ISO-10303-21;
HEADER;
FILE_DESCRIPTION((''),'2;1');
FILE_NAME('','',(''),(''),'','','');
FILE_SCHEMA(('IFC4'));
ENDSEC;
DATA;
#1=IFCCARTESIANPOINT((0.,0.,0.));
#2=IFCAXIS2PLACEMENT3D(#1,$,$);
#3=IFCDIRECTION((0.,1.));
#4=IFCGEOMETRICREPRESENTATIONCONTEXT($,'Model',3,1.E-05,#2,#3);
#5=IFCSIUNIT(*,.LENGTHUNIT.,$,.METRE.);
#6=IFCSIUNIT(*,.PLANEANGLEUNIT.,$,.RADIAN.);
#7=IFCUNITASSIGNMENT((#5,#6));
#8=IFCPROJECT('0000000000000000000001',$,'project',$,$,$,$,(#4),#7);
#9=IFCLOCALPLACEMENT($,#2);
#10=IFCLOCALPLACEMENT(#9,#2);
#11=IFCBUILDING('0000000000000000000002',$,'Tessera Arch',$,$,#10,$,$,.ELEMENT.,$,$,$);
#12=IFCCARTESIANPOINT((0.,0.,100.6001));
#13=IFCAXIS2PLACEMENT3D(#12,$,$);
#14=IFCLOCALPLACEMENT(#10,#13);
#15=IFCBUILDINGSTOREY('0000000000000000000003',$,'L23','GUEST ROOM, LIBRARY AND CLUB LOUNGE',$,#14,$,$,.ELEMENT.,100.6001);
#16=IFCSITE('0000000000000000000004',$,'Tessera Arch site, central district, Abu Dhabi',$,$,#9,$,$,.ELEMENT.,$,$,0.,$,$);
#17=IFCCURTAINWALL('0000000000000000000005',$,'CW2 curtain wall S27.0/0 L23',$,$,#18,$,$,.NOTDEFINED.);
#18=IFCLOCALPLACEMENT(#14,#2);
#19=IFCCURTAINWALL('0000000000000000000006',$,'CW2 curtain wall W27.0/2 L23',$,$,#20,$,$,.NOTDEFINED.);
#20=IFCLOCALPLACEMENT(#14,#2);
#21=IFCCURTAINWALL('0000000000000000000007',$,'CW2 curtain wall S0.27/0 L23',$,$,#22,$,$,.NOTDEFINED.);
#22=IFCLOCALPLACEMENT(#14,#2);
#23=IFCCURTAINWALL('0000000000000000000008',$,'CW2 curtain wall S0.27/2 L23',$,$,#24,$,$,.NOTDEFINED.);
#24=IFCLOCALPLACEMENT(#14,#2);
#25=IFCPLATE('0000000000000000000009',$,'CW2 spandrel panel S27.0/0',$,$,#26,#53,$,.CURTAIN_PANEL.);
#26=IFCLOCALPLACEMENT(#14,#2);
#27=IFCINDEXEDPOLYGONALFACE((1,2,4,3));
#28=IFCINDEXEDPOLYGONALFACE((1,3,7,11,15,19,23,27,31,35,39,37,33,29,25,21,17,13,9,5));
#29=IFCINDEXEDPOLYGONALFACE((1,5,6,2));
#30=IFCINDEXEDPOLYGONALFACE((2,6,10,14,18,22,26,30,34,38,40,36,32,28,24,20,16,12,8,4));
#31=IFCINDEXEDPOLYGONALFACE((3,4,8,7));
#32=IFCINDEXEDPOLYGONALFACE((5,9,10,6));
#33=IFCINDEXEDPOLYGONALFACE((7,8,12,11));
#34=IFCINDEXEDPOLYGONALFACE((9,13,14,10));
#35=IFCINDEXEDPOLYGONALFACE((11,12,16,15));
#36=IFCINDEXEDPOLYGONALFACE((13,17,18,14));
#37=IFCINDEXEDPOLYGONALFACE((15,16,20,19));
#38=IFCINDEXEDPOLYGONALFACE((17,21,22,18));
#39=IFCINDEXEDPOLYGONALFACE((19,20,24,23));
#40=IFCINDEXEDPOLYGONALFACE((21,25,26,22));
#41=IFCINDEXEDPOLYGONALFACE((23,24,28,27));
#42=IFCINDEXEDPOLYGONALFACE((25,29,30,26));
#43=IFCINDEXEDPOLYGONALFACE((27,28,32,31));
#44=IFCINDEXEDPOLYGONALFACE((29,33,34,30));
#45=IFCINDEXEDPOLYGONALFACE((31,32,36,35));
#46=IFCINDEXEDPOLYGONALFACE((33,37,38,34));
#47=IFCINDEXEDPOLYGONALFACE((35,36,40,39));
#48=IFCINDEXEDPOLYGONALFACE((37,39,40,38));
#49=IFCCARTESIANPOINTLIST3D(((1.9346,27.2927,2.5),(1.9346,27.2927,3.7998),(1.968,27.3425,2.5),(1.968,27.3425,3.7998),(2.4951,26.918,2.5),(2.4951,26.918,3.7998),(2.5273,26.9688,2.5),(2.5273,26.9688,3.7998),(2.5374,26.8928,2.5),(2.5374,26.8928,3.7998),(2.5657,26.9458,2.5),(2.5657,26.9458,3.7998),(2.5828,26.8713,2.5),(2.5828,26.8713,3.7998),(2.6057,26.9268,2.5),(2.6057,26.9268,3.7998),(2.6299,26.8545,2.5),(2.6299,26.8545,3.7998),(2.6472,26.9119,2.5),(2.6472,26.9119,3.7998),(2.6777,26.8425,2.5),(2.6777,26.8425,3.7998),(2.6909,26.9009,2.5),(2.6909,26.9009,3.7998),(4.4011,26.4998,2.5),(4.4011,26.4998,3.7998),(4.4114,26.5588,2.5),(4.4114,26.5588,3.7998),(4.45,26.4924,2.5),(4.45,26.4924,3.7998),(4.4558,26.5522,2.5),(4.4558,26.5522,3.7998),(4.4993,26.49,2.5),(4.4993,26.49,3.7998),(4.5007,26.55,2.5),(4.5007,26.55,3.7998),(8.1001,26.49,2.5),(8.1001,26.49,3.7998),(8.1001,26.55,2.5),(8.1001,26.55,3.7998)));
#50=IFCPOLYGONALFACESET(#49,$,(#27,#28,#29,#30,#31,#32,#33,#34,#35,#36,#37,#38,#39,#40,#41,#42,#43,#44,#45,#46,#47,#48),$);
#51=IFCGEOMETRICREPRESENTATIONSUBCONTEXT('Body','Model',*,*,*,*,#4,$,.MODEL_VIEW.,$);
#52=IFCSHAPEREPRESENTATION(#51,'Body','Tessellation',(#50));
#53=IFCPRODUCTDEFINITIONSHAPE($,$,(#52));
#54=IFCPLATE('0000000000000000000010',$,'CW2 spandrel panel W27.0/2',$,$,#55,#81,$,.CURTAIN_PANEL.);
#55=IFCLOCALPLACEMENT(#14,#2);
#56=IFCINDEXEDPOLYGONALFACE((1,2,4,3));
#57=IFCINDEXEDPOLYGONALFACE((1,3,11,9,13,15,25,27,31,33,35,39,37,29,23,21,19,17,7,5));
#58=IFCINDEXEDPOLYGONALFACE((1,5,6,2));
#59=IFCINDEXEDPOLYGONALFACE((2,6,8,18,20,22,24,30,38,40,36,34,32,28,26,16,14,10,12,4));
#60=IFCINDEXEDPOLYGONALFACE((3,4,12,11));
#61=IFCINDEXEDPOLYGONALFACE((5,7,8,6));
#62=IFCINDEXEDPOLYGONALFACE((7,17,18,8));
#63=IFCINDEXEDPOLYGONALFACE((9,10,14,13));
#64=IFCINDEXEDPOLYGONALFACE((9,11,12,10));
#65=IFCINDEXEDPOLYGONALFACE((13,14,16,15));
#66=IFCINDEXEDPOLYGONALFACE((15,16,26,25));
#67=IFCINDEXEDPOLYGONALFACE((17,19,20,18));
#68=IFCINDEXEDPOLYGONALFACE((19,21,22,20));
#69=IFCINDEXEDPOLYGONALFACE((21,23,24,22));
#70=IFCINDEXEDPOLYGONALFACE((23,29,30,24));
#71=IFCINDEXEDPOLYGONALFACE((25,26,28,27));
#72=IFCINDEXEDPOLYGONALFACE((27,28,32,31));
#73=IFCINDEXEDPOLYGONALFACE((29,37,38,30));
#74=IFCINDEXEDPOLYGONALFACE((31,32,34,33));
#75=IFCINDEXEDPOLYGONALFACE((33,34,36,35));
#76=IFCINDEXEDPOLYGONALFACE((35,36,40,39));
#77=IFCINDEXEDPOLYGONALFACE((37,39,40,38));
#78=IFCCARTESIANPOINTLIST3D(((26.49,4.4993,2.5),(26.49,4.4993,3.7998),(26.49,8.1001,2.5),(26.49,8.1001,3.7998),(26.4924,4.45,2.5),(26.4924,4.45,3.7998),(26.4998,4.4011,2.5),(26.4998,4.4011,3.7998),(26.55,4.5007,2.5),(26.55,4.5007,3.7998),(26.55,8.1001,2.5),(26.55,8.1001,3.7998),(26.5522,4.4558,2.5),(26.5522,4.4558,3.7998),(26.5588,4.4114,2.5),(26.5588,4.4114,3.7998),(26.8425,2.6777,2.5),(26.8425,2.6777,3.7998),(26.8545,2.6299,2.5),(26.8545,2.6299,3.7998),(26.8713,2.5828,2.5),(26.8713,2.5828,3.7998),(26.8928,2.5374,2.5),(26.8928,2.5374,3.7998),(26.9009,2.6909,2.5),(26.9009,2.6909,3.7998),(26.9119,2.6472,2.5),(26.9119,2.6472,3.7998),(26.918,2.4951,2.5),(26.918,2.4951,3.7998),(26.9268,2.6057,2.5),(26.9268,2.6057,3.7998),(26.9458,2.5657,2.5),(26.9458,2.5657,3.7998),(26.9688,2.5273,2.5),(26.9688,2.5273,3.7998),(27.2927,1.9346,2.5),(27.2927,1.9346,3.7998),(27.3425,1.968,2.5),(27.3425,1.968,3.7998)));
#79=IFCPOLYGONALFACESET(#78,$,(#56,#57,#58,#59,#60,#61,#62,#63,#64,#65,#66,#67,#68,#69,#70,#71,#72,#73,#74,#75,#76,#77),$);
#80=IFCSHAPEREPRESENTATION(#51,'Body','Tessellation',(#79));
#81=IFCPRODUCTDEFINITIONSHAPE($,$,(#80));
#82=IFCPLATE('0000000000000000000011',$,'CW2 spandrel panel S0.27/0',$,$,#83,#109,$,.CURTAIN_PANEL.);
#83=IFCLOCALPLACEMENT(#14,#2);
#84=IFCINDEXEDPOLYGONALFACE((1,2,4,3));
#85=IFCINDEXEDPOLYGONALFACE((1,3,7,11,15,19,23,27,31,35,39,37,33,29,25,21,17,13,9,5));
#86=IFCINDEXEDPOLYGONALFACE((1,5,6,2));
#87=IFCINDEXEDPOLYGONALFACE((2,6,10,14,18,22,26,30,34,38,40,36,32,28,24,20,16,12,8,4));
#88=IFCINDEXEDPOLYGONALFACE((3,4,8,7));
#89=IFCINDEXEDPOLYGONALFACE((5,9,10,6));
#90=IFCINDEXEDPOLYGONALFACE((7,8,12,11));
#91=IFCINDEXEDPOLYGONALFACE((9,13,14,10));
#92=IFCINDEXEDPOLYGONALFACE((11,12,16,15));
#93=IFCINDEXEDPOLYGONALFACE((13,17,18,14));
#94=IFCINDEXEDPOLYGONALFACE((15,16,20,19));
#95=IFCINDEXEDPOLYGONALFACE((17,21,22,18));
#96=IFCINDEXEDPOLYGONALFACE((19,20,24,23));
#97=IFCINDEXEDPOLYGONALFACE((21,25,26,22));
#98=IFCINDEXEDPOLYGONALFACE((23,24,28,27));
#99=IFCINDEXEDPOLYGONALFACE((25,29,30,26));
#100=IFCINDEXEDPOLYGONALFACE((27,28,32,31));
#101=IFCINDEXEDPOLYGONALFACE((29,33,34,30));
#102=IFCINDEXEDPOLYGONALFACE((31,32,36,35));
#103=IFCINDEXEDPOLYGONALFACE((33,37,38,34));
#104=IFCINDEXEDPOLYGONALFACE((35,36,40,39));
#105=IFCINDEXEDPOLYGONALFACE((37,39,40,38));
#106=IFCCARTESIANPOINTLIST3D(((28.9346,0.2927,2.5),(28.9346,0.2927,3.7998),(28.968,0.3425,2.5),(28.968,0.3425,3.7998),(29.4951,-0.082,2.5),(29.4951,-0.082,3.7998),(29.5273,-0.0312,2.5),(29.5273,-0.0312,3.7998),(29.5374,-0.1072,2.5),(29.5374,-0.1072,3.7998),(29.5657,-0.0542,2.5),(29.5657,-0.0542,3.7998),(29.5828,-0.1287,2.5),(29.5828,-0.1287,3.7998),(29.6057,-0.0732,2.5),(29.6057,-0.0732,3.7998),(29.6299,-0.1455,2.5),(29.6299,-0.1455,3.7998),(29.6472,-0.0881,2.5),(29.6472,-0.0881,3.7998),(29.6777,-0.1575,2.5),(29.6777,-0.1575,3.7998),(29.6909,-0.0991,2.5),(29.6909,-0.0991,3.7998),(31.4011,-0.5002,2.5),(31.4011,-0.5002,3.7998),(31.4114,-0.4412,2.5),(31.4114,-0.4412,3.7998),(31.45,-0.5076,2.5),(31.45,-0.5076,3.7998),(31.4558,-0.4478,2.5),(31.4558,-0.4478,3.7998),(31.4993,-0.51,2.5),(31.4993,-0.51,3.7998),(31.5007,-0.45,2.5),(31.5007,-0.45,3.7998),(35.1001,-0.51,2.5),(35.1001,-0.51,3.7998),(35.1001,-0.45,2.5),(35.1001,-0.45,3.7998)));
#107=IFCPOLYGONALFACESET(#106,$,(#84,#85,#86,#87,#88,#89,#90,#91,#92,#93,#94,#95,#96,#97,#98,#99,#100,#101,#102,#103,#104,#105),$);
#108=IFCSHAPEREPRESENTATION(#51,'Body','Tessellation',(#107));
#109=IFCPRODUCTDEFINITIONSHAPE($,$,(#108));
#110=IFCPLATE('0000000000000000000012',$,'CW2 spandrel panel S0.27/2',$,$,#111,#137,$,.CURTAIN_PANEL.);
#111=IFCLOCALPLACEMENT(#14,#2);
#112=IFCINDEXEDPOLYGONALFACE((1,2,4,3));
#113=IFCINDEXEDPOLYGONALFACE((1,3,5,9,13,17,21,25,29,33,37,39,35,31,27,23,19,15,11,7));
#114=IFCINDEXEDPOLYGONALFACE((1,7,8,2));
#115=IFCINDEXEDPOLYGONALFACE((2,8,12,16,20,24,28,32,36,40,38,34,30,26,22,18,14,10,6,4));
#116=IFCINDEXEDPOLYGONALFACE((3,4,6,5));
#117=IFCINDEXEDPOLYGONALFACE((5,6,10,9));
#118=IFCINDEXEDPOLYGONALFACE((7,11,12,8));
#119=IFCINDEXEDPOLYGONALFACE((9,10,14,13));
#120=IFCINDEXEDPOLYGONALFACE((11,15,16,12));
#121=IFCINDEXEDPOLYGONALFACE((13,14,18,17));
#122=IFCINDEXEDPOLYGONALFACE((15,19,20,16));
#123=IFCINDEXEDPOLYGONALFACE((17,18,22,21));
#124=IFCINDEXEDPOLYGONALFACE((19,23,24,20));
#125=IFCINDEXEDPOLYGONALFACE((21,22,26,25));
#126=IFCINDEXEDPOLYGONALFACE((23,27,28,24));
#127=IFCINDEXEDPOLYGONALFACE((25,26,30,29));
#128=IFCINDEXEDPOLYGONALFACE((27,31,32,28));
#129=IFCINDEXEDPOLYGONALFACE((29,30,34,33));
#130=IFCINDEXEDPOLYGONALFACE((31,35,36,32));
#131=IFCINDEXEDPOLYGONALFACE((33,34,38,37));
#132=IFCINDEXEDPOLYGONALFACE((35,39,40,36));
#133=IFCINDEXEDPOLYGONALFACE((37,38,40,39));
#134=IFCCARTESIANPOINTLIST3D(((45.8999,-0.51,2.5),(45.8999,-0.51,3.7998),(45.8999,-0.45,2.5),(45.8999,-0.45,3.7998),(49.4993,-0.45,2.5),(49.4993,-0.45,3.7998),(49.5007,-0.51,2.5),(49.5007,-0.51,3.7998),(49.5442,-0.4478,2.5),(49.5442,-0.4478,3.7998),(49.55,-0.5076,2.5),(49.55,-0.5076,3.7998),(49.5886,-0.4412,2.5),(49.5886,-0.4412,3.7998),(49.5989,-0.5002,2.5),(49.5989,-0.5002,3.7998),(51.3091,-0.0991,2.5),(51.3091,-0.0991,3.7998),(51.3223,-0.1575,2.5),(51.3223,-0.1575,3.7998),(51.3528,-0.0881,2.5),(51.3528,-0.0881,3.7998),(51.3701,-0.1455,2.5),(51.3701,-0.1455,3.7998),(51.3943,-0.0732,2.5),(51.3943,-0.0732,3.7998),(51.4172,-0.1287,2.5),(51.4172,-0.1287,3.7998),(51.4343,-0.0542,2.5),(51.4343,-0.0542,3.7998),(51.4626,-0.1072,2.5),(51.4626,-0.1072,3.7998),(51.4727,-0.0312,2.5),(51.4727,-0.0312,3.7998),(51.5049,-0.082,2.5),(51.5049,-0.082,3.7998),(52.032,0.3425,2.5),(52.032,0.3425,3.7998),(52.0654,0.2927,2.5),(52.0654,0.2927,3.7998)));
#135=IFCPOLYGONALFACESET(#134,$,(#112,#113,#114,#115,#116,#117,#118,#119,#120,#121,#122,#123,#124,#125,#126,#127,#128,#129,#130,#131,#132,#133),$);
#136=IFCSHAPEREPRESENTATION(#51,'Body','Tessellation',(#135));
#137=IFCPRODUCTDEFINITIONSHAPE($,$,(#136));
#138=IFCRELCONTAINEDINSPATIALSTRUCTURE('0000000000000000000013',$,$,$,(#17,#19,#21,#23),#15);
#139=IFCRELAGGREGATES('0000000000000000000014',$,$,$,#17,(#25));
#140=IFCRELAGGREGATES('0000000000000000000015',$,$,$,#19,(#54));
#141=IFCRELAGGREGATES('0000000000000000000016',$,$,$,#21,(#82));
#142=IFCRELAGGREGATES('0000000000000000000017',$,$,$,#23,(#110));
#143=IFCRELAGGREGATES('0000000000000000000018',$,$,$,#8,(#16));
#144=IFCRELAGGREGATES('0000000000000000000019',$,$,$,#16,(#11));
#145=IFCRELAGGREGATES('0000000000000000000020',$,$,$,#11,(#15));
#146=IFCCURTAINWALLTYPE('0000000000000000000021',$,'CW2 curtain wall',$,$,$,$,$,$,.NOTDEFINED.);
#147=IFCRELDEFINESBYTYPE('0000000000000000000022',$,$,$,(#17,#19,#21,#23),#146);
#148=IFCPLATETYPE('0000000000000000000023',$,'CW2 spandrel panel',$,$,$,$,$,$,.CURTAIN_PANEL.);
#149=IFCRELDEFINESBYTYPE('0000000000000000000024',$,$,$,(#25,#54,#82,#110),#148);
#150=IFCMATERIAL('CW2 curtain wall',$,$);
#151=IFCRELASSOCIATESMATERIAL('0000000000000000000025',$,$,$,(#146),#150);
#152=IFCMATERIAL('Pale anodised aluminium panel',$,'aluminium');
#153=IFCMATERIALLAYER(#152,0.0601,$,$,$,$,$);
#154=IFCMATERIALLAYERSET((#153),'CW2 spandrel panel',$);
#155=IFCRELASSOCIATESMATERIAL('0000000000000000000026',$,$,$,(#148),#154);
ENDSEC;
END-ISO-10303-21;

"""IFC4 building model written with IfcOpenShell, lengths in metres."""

from ifc_helpers import new_model, si_unit, direction, frame, origin, place, context, subcontext, project, spatial, polyline, outline, extrude, material, layer, layer_set, type_object, element, aggregate, save


model = new_model("IFC4")

# Units and contexts
model_context = context("Model", 3, precision=1e-05, world=origin(), true_north=direction((0.0, 1.0)))
body_context = subcontext(model_context, "Body", "Model", "MODEL_VIEW")
ifc_project = project(units=[si_unit("LENGTHUNIT", "METRE"), si_unit("PLANEANGLEUNIT", "RADIAN")], contexts=[model_context])

# Site, building, storey
site_placement = place(None, origin())
site = spatial("IfcSite", under=ifc_project, at=site_placement, Name="Tessera Arch site, central district, Abu Dhabi", CompositionType="ELEMENT", RefElevation=0.0)
building_placement = place(site_placement, origin())
building = spatial("IfcBuilding", under=site, at=building_placement, Name="Tessera Arch", CompositionType="ELEMENT")
storey_placement = place(building_placement, frame((0.0, 0.0, 100.6001)))
storey = spatial("IfcBuildingStorey", under=building, at=storey_placement, Name="L23", Description="GUEST ROOM, LIBRARY AND CLUB LOUNGE", CompositionType="ELEMENT", Elevation=100.6001)

# Curtain walls
ifc_material_1 = material(Name="CW2 curtain wall")
curtain_wall_type = type_object("IfcCurtainWallType", Name="CW2 curtain wall", PredefinedType="NOTDEFINED", material=ifc_material_1)
curtain_wall_1_placement = place(storey_placement, origin())
curtain_wall_1 = element("IfcCurtainWall", 1, at=curtain_wall_1_placement, inside=storey, type_object=curtain_wall_type, Name="CW2 curtain wall S27.0/0 L23", PredefinedType="NOTDEFINED")
curtain_wall_2_placement = place(storey_placement, origin())
curtain_wall_2 = element("IfcCurtainWall", 2, at=curtain_wall_2_placement, inside=storey, type_object=curtain_wall_type, Name="CW2 curtain wall W27.0/2 L23", PredefinedType="NOTDEFINED")
curtain_wall_3_placement = place(storey_placement, origin())
curtain_wall_3 = element("IfcCurtainWall", 3, at=curtain_wall_3_placement, inside=storey, type_object=curtain_wall_type, Name="CW2 curtain wall S0.27/0 L23", PredefinedType="NOTDEFINED")
curtain_wall_4_placement = place(storey_placement, origin())
curtain_wall_4 = element("IfcCurtainWall", 4, at=curtain_wall_4_placement, inside=storey, type_object=curtain_wall_type, Name="CW2 curtain wall S0.27/2 L23", PredefinedType="NOTDEFINED")

# Plates
ifc_material_2 = material(Name="Pale anodised aluminium panel", Category="aluminium")
ifc_layer_1 = layer(ifc_material_2, 0.0601)
ifc_layer_set_1 = layer_set([ifc_layer_1], Name="CW2 spandrel panel")
plate_type_1 = type_object("IfcPlateType", Name="CW2 spandrel panel", PredefinedType="CURTAIN_PANEL", material=ifc_layer_set_1)
plate_1_placement = place(storey_placement, frame((0.0, 0.0, 2.5)))
plate_1 = element("IfcPlate", 5, at=plate_1_placement, type_object=plate_type_1, Name="CW2 spandrel panel S27.0/0", PredefinedType="CURTAIN_PANEL", context=body_context, shape_type="SweptSolid", body=[
    extrude(outline(polyline([(2.5273, 26.9688), (1.968, 27.3425), (1.9346, 27.2927), (2.4951, 26.918), (2.5374, 26.8928), (2.5828, 26.8713), (2.6299, 26.8545), (2.6777, 26.8425), (4.4011, 26.4998), (4.45, 26.4924), (4.4993, 26.49), (8.1001, 26.49), (8.1001, 26.55), (4.5007, 26.55), (4.4558, 26.5522), (4.4114, 26.5588), (2.6909, 26.9009), (2.6472, 26.9119), (2.6057, 26.9268), (2.5657, 26.9458), (2.5273, 26.9688)])), origin(), (0.0, 0.0, 1.0), 1.2998),
])
aggregate(curtain_wall_1, [plate_1])
plate_2_placement = place(storey_placement, frame((0.0, 0.0, 2.5)))
plate_2 = element("IfcPlate", 6, at=plate_2_placement, type_object=plate_type_1, Name="CW2 spandrel panel W27.0/2", PredefinedType="CURTAIN_PANEL", context=body_context, shape_type="SweptSolid", body=[
    extrude(outline(polyline([(26.55, 4.5007), (26.55, 8.1001), (26.49, 8.1001), (26.49, 4.4993), (26.4924, 4.45), (26.4998, 4.4011), (26.8425, 2.6777), (26.8545, 2.6299), (26.8713, 2.5828), (26.8928, 2.5374), (26.918, 2.4951), (27.2927, 1.9346), (27.3425, 1.968), (26.9688, 2.5273), (26.9458, 2.5657), (26.9268, 2.6057), (26.9119, 2.6472), (26.9009, 2.6909), (26.5588, 4.4114), (26.5522, 4.4558), (26.55, 4.5007)])), origin(), (0.0, 0.0, 1.0), 1.2998),
])
aggregate(curtain_wall_2, [plate_2])
plate_3_placement = place(storey_placement, frame((0.0, 0.0, 2.5)))
plate_3 = element("IfcPlate", 7, at=plate_3_placement, type_object=plate_type_1, Name="CW2 spandrel panel S0.27/0", PredefinedType="CURTAIN_PANEL", context=body_context, shape_type="SweptSolid", body=[
    extrude(outline(polyline([(29.5273, -0.0312), (28.968, 0.3425), (28.9346, 0.2927), (29.4951, -0.082), (29.5374, -0.1072), (29.5828, -0.1287), (29.6299, -0.1455), (29.6777, -0.1575), (31.4011, -0.5002), (31.45, -0.5076), (31.4993, -0.51), (35.1001, -0.51), (35.1001, -0.45), (31.5007, -0.45), (31.4558, -0.4478), (31.4114, -0.4412), (29.6909, -0.0991), (29.6472, -0.0881), (29.6057, -0.0732), (29.5657, -0.0542), (29.5273, -0.0312)])), origin(), (0.0, 0.0, 1.0), 1.2998),
])
aggregate(curtain_wall_3, [plate_3])
plate_4_placement = place(storey_placement, frame((0.0, 0.0, 2.5)))
plate_4 = element("IfcPlate", 8, at=plate_4_placement, type_object=plate_type_1, Name="CW2 spandrel panel S0.27/2", PredefinedType="CURTAIN_PANEL", context=body_context, shape_type="SweptSolid", body=[
    extrude(outline(polyline([(49.4993, -0.45), (45.8999, -0.45), (45.8999, -0.51), (49.5007, -0.51), (49.55, -0.5076), (49.5989, -0.5002), (51.3223, -0.1575), (51.3701, -0.1455), (51.4172, -0.1287), (51.4626, -0.1072), (51.5049, -0.082), (52.0654, 0.2927), (52.032, 0.3425), (51.4727, -0.0312), (51.4343, -0.0542), (51.3943, -0.0732), (51.3528, -0.0881), (51.3091, -0.0991), (49.5886, -0.4412), (49.5442, -0.4478), (49.4993, -0.45)])), origin(), (0.0, 0.0, 1.0), 1.2998),
])
aggregate(curtain_wall_4, [plate_4])

save(model, "model.ifc")
